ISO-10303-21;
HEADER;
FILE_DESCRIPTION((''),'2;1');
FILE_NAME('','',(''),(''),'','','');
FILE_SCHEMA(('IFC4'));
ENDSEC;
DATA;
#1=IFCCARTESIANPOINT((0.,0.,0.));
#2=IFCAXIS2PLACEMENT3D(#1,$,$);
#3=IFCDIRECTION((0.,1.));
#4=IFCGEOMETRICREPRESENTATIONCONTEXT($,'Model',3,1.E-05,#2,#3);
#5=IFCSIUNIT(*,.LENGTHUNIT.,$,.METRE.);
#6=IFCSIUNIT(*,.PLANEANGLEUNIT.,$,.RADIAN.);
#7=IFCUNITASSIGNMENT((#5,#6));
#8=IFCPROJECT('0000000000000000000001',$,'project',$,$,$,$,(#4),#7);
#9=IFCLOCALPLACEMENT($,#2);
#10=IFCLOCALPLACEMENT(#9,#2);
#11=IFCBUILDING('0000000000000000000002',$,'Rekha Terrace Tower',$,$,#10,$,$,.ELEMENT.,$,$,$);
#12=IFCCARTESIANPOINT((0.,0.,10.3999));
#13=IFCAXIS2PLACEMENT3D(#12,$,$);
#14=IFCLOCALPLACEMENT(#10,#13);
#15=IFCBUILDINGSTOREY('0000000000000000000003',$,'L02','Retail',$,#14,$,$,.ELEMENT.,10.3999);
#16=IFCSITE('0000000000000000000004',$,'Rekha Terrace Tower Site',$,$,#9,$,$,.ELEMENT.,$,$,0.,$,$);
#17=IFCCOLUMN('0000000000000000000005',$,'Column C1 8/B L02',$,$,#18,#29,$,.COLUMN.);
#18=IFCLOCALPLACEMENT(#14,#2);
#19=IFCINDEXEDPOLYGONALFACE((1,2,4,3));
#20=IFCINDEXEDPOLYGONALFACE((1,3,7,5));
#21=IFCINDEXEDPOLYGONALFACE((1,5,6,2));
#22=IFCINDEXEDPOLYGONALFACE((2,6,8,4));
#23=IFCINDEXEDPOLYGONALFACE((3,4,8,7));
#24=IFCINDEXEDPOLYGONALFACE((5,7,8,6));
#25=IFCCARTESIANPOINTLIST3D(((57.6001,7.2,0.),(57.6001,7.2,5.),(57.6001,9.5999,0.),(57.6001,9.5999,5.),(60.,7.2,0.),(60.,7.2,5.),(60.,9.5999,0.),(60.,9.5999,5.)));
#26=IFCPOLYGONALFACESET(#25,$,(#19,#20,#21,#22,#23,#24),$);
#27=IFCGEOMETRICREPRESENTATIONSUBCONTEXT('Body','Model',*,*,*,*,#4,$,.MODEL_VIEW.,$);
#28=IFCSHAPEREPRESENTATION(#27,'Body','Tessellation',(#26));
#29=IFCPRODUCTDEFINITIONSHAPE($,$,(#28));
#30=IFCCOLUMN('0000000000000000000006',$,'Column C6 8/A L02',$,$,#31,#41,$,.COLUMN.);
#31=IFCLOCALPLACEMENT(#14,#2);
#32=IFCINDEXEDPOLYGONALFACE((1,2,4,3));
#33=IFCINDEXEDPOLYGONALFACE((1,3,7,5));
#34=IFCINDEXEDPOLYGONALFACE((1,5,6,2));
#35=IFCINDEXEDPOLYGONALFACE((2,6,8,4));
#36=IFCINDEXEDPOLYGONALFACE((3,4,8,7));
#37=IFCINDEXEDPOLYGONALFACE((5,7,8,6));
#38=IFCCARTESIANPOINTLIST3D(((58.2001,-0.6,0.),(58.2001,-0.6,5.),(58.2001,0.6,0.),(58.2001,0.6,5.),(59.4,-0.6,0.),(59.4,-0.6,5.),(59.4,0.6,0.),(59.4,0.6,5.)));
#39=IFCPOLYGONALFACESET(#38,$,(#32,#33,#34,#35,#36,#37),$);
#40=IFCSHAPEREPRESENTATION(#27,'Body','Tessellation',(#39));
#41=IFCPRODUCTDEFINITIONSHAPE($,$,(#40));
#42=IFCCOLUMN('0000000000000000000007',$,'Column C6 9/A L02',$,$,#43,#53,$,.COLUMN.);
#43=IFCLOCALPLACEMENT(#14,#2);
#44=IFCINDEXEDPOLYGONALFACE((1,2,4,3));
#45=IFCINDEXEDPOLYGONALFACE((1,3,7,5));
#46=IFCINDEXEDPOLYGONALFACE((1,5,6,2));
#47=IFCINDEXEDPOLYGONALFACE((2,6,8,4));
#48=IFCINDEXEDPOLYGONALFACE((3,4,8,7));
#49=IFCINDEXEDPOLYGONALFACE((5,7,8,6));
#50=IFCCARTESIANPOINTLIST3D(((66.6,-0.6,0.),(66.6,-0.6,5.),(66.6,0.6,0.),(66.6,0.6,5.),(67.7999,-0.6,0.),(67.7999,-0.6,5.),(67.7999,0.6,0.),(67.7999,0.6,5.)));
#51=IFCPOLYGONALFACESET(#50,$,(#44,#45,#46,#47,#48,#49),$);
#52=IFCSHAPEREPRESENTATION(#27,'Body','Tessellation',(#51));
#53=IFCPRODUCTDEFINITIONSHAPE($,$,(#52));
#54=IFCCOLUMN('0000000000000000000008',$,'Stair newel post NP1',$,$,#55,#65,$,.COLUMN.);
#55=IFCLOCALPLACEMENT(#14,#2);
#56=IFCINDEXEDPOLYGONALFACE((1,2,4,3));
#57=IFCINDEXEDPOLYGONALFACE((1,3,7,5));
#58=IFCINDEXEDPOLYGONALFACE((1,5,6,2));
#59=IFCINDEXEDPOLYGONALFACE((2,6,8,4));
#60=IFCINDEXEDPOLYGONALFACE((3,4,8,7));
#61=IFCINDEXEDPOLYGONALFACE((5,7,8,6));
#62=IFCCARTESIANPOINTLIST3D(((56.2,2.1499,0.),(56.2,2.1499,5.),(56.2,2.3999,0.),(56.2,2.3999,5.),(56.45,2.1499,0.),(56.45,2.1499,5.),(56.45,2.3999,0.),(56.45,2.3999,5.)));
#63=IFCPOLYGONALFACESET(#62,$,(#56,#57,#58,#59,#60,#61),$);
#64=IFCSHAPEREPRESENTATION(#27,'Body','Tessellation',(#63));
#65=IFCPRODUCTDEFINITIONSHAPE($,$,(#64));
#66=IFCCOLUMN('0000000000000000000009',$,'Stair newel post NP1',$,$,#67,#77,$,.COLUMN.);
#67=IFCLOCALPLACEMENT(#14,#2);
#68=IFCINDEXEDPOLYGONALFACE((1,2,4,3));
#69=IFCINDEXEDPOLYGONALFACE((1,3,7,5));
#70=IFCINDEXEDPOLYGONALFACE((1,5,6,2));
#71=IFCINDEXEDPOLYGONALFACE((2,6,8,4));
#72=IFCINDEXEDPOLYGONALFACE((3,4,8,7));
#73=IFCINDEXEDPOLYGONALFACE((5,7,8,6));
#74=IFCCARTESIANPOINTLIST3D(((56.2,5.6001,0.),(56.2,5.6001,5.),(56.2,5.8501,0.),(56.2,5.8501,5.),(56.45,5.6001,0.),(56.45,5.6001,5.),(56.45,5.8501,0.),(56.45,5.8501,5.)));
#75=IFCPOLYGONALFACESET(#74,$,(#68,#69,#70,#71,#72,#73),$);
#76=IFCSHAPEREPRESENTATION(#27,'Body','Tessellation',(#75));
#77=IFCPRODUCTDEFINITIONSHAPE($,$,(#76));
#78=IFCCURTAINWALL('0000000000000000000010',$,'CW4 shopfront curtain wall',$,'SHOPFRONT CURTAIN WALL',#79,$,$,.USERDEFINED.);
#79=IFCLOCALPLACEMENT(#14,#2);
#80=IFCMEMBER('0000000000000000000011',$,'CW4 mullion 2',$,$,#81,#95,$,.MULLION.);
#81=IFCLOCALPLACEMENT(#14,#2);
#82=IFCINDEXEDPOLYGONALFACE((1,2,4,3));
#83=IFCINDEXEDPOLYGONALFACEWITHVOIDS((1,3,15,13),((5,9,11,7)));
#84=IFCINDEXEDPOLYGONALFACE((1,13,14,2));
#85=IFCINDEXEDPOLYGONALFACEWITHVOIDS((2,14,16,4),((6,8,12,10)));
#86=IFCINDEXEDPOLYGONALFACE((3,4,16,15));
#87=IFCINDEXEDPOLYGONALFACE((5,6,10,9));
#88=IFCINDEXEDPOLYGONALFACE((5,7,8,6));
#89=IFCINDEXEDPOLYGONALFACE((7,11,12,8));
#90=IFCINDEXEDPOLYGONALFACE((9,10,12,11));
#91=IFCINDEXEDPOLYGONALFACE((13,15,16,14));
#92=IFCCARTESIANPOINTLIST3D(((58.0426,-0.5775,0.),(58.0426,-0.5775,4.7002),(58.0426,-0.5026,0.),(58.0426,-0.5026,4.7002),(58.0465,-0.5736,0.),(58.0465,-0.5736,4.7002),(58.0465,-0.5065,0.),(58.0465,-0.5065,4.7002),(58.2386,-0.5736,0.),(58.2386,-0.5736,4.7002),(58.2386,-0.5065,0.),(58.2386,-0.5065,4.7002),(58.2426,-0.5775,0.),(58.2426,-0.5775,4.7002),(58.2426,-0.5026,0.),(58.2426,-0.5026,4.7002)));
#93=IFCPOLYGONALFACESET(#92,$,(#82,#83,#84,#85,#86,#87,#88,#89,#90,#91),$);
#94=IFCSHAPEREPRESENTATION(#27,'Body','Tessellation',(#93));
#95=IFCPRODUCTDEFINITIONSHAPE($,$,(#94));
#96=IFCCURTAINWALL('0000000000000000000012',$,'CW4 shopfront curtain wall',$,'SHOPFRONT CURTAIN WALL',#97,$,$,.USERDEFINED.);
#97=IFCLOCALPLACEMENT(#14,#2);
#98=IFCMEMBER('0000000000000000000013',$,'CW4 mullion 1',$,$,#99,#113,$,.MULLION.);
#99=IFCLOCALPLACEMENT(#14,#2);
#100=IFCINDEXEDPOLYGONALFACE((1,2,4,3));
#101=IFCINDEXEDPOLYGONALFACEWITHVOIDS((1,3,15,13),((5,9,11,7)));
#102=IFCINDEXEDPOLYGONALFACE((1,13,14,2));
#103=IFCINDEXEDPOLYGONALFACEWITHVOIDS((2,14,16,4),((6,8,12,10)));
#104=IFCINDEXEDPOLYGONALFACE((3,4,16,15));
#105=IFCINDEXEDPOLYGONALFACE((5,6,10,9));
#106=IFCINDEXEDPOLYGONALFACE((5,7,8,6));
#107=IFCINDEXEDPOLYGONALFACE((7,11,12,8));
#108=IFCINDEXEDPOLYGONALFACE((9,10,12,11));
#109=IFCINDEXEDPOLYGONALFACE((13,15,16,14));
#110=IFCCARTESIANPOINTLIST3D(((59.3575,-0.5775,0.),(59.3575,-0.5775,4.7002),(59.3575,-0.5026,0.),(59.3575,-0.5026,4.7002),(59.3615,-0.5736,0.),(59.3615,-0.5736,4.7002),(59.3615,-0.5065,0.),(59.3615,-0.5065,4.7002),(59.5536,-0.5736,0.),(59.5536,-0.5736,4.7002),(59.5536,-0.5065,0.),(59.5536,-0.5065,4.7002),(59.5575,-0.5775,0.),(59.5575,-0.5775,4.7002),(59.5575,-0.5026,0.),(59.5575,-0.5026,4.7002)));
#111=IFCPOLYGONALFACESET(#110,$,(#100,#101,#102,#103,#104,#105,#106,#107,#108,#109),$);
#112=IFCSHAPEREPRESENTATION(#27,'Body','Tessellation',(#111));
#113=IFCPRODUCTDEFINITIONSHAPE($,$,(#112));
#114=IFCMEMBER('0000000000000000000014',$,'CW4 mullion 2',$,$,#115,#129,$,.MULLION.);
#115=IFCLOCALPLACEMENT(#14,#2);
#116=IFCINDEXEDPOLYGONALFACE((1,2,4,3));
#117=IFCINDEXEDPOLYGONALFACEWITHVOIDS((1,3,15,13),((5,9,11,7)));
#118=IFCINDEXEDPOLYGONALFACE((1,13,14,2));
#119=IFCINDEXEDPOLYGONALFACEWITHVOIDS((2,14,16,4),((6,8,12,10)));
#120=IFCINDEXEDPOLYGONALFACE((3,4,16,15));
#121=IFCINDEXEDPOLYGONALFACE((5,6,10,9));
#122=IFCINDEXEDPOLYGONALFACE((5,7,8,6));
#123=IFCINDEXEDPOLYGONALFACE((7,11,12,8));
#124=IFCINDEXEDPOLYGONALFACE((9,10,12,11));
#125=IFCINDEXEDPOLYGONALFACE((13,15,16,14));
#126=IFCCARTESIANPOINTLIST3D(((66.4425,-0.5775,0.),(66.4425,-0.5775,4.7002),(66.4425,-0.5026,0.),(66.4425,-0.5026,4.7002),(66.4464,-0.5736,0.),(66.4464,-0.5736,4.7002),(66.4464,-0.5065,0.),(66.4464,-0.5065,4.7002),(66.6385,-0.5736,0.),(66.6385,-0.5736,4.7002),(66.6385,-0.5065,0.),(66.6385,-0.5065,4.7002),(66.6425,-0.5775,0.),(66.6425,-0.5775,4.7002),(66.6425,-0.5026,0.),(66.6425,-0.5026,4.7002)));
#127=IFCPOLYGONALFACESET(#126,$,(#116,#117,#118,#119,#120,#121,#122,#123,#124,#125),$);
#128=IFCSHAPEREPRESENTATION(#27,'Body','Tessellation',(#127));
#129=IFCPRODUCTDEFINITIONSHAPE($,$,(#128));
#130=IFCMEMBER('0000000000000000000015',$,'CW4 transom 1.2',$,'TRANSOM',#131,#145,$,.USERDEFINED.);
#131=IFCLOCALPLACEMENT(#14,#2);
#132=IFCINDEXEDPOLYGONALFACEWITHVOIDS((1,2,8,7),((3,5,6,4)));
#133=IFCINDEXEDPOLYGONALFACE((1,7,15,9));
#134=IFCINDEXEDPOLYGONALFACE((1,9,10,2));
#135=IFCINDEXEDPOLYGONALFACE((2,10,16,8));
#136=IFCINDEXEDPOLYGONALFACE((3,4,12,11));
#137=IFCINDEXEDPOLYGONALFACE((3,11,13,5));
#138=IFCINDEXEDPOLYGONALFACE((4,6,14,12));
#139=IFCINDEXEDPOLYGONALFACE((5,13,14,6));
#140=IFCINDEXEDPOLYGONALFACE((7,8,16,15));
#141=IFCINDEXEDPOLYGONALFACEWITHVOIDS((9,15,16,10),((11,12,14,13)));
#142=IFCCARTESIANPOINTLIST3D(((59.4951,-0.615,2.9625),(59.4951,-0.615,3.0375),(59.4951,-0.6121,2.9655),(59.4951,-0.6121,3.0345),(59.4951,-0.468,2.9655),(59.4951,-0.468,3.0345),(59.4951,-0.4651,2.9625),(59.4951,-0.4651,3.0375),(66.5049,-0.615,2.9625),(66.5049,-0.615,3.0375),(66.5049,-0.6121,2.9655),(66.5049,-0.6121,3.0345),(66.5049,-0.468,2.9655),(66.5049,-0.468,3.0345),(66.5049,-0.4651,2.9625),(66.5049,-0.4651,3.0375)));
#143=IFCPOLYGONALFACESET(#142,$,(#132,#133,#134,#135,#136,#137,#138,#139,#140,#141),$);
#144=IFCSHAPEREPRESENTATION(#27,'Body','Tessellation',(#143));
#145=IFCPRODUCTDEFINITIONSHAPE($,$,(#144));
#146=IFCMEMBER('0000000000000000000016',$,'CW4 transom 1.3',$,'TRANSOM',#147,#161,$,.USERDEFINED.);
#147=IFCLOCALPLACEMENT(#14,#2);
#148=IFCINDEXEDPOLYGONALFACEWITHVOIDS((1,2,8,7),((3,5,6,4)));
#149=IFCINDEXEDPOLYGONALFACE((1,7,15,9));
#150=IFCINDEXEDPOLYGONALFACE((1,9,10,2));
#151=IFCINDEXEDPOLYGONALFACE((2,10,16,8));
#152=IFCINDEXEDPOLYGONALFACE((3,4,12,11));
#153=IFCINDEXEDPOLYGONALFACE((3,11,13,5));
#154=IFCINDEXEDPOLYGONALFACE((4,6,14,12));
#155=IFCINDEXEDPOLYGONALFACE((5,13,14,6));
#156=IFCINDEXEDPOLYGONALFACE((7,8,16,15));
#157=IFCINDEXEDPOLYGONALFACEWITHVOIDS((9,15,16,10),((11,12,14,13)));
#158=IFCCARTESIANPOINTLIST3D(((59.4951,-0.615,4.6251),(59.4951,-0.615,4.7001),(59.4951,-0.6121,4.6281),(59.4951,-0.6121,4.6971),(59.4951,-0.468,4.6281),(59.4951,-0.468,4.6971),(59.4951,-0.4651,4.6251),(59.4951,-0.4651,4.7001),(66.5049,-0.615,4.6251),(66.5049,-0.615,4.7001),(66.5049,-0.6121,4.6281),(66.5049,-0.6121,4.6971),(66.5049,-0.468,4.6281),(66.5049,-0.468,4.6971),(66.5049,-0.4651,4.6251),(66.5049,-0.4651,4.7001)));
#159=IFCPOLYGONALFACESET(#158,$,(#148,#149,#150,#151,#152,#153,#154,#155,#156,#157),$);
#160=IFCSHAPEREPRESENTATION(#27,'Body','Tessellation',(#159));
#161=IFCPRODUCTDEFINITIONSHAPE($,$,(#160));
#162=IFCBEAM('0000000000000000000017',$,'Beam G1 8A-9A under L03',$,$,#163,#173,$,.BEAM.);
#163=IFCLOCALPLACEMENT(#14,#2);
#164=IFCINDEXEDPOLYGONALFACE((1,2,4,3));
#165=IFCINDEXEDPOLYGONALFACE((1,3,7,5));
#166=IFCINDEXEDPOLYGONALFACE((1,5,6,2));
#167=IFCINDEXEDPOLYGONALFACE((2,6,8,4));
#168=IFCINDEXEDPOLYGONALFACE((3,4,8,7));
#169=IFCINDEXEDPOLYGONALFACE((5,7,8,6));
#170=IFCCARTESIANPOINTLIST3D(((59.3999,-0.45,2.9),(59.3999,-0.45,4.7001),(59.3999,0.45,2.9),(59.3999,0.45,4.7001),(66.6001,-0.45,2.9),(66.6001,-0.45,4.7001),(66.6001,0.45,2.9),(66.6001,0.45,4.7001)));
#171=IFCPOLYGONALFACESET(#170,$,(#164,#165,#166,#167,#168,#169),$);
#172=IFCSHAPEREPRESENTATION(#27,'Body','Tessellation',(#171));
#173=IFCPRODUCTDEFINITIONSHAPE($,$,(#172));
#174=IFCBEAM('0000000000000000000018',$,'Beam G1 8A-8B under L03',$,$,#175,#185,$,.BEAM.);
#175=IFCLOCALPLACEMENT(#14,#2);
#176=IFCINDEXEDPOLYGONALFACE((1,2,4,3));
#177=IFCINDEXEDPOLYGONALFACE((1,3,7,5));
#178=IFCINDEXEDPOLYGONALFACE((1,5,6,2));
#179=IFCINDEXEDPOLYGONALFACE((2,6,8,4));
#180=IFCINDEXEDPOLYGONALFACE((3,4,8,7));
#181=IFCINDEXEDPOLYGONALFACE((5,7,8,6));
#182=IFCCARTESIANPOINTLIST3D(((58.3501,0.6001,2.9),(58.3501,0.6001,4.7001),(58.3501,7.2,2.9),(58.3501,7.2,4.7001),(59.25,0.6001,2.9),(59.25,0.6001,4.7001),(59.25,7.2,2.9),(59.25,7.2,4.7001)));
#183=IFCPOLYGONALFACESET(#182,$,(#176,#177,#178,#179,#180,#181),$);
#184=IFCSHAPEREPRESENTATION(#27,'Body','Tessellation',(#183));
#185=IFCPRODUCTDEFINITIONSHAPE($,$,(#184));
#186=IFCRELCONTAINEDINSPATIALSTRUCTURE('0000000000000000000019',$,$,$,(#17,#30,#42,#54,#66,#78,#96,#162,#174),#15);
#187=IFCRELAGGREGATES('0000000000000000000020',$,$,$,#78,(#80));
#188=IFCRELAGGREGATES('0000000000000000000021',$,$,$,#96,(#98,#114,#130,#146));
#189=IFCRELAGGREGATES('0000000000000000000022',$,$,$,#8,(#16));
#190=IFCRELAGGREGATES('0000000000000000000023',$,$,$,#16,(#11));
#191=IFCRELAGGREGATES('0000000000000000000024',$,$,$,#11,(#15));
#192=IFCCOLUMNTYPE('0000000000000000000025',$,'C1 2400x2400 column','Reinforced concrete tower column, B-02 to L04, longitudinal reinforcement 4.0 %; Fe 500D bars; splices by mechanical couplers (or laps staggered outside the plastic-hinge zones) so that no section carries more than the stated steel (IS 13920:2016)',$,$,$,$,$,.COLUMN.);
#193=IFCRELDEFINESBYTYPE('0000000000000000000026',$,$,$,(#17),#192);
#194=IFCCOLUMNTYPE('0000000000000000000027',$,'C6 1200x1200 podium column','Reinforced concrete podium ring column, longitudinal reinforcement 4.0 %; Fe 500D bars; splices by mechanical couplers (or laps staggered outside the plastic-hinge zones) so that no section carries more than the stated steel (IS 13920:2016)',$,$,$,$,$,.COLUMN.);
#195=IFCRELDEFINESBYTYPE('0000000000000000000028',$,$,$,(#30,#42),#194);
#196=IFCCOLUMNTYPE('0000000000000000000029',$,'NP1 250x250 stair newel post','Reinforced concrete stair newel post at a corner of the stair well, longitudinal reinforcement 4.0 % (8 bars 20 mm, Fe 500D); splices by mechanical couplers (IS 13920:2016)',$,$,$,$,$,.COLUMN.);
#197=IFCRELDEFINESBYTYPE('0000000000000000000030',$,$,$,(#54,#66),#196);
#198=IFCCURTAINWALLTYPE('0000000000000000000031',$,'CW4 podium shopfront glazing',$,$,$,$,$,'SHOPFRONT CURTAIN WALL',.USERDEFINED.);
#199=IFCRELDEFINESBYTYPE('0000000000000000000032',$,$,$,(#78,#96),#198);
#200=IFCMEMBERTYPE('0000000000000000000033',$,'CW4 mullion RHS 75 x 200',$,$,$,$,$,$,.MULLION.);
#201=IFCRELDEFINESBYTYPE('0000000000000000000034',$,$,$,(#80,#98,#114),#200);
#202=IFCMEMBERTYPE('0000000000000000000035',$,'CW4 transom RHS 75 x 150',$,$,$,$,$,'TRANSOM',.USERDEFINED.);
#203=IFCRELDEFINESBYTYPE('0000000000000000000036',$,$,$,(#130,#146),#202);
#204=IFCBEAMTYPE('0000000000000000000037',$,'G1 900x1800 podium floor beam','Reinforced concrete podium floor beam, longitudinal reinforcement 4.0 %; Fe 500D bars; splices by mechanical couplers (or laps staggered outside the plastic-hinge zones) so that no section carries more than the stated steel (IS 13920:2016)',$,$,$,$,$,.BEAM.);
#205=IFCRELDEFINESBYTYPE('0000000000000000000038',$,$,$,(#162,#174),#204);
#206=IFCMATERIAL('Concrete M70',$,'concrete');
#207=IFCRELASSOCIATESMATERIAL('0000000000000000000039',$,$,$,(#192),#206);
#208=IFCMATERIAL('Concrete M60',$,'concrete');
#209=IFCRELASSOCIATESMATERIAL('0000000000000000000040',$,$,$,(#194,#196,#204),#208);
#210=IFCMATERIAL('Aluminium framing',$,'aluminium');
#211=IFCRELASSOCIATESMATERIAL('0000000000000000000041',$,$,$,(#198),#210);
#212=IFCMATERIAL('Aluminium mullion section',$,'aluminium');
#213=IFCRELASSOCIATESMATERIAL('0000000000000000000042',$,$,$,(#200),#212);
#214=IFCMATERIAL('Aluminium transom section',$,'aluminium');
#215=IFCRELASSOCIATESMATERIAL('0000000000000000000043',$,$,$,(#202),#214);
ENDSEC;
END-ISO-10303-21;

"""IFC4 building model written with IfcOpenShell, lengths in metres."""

from ifc_helpers import new_model, si_unit, direction, frame, origin, origin_2d, place, context, subcontext, project, spatial, rectangle, hollow_rectangle, extrude, material, material_profile, profile_set, type_object, element, aggregate, save


model = new_model("IFC4")

# Units and contexts
model_context = context("Model", 3, precision=1e-05, world=origin(), true_north=direction((0.0, 1.0)))
body_context = subcontext(model_context, "Body", "Model", "MODEL_VIEW")
ifc_project = project(units=[si_unit("LENGTHUNIT", "METRE"), si_unit("PLANEANGLEUNIT", "RADIAN")], contexts=[model_context])

# Site, building, storey
site_placement = place(None, origin())
site = spatial("IfcSite", under=ifc_project, at=site_placement, Name="Rekha Terrace Tower Site", CompositionType="ELEMENT", RefElevation=0.0)
building_placement = place(site_placement, origin())
building = spatial("IfcBuilding", under=site, at=building_placement, Name="Rekha Terrace Tower", CompositionType="ELEMENT")
storey_placement = place(building_placement, frame((0.0, 0.0, 10.3999)))
storey = spatial("IfcBuildingStorey", under=building, at=storey_placement, Name="L02", Description="Retail", CompositionType="ELEMENT", Elevation=10.3999)

# Columns
ifc_material_1 = material(Name="Concrete M70", Category="concrete")
ifc_material_profile_1 = material_profile(ifc_material_1, rectangle(XDim=2.3999, YDim=2.3999, at=origin_2d()), Name="RC 2400x2400")
ifc_profile_set_1 = profile_set([ifc_material_profile_1], Name="Concrete M70")
column_type_1 = type_object("IfcColumnType", Name="C1 2400x2400 column", Description="Reinforced concrete tower column, B-02 to L04, longitudinal reinforcement 4.0 %; Fe 500D bars; splices by mechanical couplers (or laps staggered outside the plastic-hinge zones) so that no section carries more than the stated steel (IS 13920:2016)", PredefinedType="COLUMN", material=ifc_profile_set_1)
column_placement = place(storey_placement, frame((58.8, 8.3999, 0.0), z_axis=(0.0, 0.0, 1.0), x_axis=(1.0, 0.0, 0.0)))
element("IfcColumn", 1, at=column_placement, inside=storey, type_object=column_type_1, Name="Column C1 8/B L02", PredefinedType="COLUMN", context=body_context, shape_type="SweptSolid", body=[
    extrude(rectangle(XDim=2.3999, YDim=2.3999, at=origin_2d()), origin(), (0.0, 0.0, 1.0), 5.0),
])
ifc_material_2 = material(Name="Concrete M60", Category="concrete")
ifc_material_profile_2 = material_profile(ifc_material_2, rectangle(XDim=1.2, YDim=1.2, at=origin_2d()), Name="RC 1200x1200")
ifc_profile_set_2 = profile_set([ifc_material_profile_2], Name="Concrete M60")
column_type_2 = type_object("IfcColumnType", Name="C6 1200x1200 podium column", Description="Reinforced concrete podium ring column, longitudinal reinforcement 4.0 %; Fe 500D bars; splices by mechanical couplers (or laps staggered outside the plastic-hinge zones) so that no section carries more than the stated steel (IS 13920:2016)", PredefinedType="COLUMN", material=ifc_profile_set_2)
for number, where, z_axis, x_axis, name in (
    (2, (58.8, 0.0, 0.0), (0.0, 0.0, 1.0), (1.0, 0.0, 0.0), "Column C6 8/A L02"),
    (3, (67.2, 0.0, 0.0), (0.0, 0.0, 1.0), (1.0, 0.0, 0.0), "Column C6 9/A L02"),
):
    element("IfcColumn", number, at=place(storey_placement, frame(where, z_axis=z_axis, x_axis=x_axis)), inside=storey, type_object=column_type_2, Name=name, PredefinedType="COLUMN", context=body_context, shape_type="SweptSolid", body=[
        extrude(rectangle(XDim=1.2, YDim=1.2, at=origin_2d()), origin(), (0.0, 0.0, 1.0), 5.0),
    ])
ifc_material_profile_3 = material_profile(ifc_material_2, rectangle(XDim=0.25, YDim=0.25, at=origin_2d()), Name="RC 250x250")
ifc_profile_set_3 = profile_set([ifc_material_profile_3], Name="Concrete M60")
column_type_3 = type_object("IfcColumnType", Name="NP1 250x250 stair newel post", Description="Reinforced concrete stair newel post at a corner of the stair well, longitudinal reinforcement 4.0 % (8 bars 20 mm, Fe 500D); splices by mechanical couplers (IS 13920:2016)", PredefinedType="COLUMN", material=ifc_profile_set_3)
for number, where, z_axis, x_axis, name in (
    (4, (56.325, 2.2749, 0.0), (0.0, 0.0, 1.0), (1.0, 0.0, 0.0), "Stair newel post NP1"),
    (5, (56.325, 5.7251, 0.0), (0.0, 0.0, 1.0), (1.0, 0.0, 0.0), "Stair newel post NP1"),
):
    element("IfcColumn", number, at=place(storey_placement, frame(where, z_axis=z_axis, x_axis=x_axis)), inside=storey, type_object=column_type_3, Name=name, PredefinedType="COLUMN", context=body_context, shape_type="SweptSolid", body=[
        extrude(rectangle(XDim=0.25, YDim=0.25, at=origin_2d()), origin(), (0.0, 0.0, 1.0), 5.0),
    ])

# Curtain wall, member
ifc_material_3 = material(Name="Aluminium framing", Category="aluminium")
curtain_wall_type = type_object("IfcCurtainWallType", Name="CW4 podium shopfront glazing", ElementType="SHOPFRONT CURTAIN WALL", PredefinedType="USERDEFINED", material=ifc_material_3)
curtain_wall_1_placement = place(storey_placement, origin())
curtain_wall_1 = element("IfcCurtainWall", 6, at=curtain_wall_1_placement, inside=storey, type_object=curtain_wall_type, Name="CW4 shopfront curtain wall", ObjectType="SHOPFRONT CURTAIN WALL", PredefinedType="USERDEFINED")
ifc_material_4 = material(Name="Aluminium mullion section", Category="aluminium")
ifc_material_profile_4 = material_profile(ifc_material_4, hollow_rectangle(XDim=0.075, YDim=0.2, WallThickness=0.0039, at=origin_2d()), Name="AL RHS 75x200")
ifc_profile_set_4 = profile_set([ifc_material_profile_4], Name="Aluminium mullion section")
member_type_1 = type_object("IfcMemberType", Name="CW4 mullion RHS 75 x 200", PredefinedType="MULLION", material=ifc_profile_set_4)
member_1_placement = place(storey_placement, frame((58.1426, -0.54, 0.0), z_axis=(0.0, 0.0, 1.0), x_axis=(0.0, 1.0, 0.0)))
member_1 = element("IfcMember", 7, at=member_1_placement, type_object=member_type_1, Name="CW4 mullion 2", PredefinedType="MULLION", context=body_context, shape_type="SweptSolid", body=[
    extrude(hollow_rectangle(XDim=0.075, YDim=0.2, WallThickness=0.0039, at=origin_2d()), origin(), (0.0, 0.0, 1.0), 4.7002),
])
aggregate(curtain_wall_1, [member_1])

# Curtain wall, members
curtain_wall_2_placement = place(storey_placement, origin())
curtain_wall_2 = element("IfcCurtainWall", 8, at=curtain_wall_2_placement, inside=storey, type_object=curtain_wall_type, Name="CW4 shopfront curtain wall", ObjectType="SHOPFRONT CURTAIN WALL", PredefinedType="USERDEFINED")
member_2_placement = place(storey_placement, frame((59.4575, -0.54, 0.0), z_axis=(0.0, 0.0, 1.0), x_axis=(0.0, 1.0, 0.0)))
member_2 = element("IfcMember", 9, at=member_2_placement, type_object=member_type_1, Name="CW4 mullion 1", PredefinedType="MULLION", context=body_context, shape_type="SweptSolid", body=[
    extrude(hollow_rectangle(XDim=0.075, YDim=0.2, WallThickness=0.0039, at=origin_2d()), origin(), (0.0, 0.0, 1.0), 4.7002),
])
member_3_placement = place(storey_placement, frame((66.5425, -0.54, 0.0), z_axis=(0.0, 0.0, 1.0), x_axis=(0.0, 1.0, 0.0)))
member_3 = element("IfcMember", 10, at=member_3_placement, type_object=member_type_1, Name="CW4 mullion 2", PredefinedType="MULLION", context=body_context, shape_type="SweptSolid", body=[
    extrude(hollow_rectangle(XDim=0.075, YDim=0.2, WallThickness=0.0039, at=origin_2d()), origin(), (0.0, 0.0, 1.0), 4.7002),
])
ifc_material_5 = material(Name="Aluminium transom section", Category="aluminium")
ifc_material_profile_5 = material_profile(ifc_material_5, hollow_rectangle(XDim=0.1499, YDim=0.075, WallThickness=0.0029, at=origin_2d()), Name="AL RHS 150x75")
ifc_profile_set_5 = profile_set([ifc_material_profile_5], Name="Aluminium transom section")
member_type_2 = type_object("IfcMemberType", Name="CW4 transom RHS 75 x 150", ElementType="TRANSOM", PredefinedType="USERDEFINED", material=ifc_profile_set_5)
member_4_placement = place(storey_placement, frame((59.4951, -0.54, 3.0), z_axis=(1.0, 0.0, 0.0), x_axis=(0.0, 1.0, 0.0)))
member_4 = element("IfcMember", 11, at=member_4_placement, type_object=member_type_2, Name="CW4 transom 1.2", ObjectType="TRANSOM", PredefinedType="USERDEFINED", context=body_context, shape_type="SweptSolid", body=[
    extrude(hollow_rectangle(XDim=0.1499, YDim=0.075, WallThickness=0.0029, at=origin_2d()), origin(), (0.0, 0.0, 1.0), 7.0098),
])
member_5_placement = place(storey_placement, frame((59.4951, -0.54, 4.6626), z_axis=(1.0, 0.0, 0.0), x_axis=(0.0, 1.0, 0.0)))
member_5 = element("IfcMember", 12, at=member_5_placement, type_object=member_type_2, Name="CW4 transom 1.3", ObjectType="TRANSOM", PredefinedType="USERDEFINED", context=body_context, shape_type="SweptSolid", body=[
    extrude(hollow_rectangle(XDim=0.1499, YDim=0.075, WallThickness=0.0029, at=origin_2d()), origin(), (0.0, 0.0, 1.0), 7.0098),
])

# Beams
ifc_material_profile_6 = material_profile(ifc_material_2, rectangle(XDim=0.8999, YDim=1.8, at=origin_2d()), Name="RC 900x1800")
ifc_profile_set_6 = profile_set([ifc_material_profile_6], Name="Concrete M60")
beam_type = type_object("IfcBeamType", Name="G1 900x1800 podium floor beam", Description="Reinforced concrete podium floor beam, longitudinal reinforcement 4.0 %; Fe 500D bars; splices by mechanical couplers (or laps staggered outside the plastic-hinge zones) so that no section carries more than the stated steel (IS 13920:2016)", PredefinedType="BEAM", material=ifc_profile_set_6)
beam_1_placement = place(storey_placement, frame((59.3999, 0.0, 3.8), z_axis=(1.0, 0.0, 0.0), x_axis=(0.0, 1.0, 0.0)))
element("IfcBeam", 13, at=beam_1_placement, inside=storey, type_object=beam_type, Name="Beam G1 8A-9A under L03", PredefinedType="BEAM", context=body_context, shape_type="SweptSolid", body=[
    extrude(rectangle(XDim=0.8999, YDim=1.8, at=origin_2d()), origin(), (0.0, 0.0, 1.0), 7.2002),
])
beam_2_placement = place(storey_placement, frame((58.8, 0.6001, 3.8), z_axis=(0.0, 1.0, 0.0), x_axis=(-1.0, 0.0, 0.0)))
element("IfcBeam", 14, at=beam_2_placement, inside=storey, type_object=beam_type, Name="Beam G1 8A-8B under L03", PredefinedType="BEAM", context=body_context, shape_type="SweptSolid", body=[
    extrude(rectangle(XDim=0.8999, YDim=1.8, at=origin_2d()), origin(), (0.0, 0.0, 1.0), 6.5999),
])

aggregate(curtain_wall_2, [member_2, member_3, member_4, member_5])

save(model, "model.ifc")
